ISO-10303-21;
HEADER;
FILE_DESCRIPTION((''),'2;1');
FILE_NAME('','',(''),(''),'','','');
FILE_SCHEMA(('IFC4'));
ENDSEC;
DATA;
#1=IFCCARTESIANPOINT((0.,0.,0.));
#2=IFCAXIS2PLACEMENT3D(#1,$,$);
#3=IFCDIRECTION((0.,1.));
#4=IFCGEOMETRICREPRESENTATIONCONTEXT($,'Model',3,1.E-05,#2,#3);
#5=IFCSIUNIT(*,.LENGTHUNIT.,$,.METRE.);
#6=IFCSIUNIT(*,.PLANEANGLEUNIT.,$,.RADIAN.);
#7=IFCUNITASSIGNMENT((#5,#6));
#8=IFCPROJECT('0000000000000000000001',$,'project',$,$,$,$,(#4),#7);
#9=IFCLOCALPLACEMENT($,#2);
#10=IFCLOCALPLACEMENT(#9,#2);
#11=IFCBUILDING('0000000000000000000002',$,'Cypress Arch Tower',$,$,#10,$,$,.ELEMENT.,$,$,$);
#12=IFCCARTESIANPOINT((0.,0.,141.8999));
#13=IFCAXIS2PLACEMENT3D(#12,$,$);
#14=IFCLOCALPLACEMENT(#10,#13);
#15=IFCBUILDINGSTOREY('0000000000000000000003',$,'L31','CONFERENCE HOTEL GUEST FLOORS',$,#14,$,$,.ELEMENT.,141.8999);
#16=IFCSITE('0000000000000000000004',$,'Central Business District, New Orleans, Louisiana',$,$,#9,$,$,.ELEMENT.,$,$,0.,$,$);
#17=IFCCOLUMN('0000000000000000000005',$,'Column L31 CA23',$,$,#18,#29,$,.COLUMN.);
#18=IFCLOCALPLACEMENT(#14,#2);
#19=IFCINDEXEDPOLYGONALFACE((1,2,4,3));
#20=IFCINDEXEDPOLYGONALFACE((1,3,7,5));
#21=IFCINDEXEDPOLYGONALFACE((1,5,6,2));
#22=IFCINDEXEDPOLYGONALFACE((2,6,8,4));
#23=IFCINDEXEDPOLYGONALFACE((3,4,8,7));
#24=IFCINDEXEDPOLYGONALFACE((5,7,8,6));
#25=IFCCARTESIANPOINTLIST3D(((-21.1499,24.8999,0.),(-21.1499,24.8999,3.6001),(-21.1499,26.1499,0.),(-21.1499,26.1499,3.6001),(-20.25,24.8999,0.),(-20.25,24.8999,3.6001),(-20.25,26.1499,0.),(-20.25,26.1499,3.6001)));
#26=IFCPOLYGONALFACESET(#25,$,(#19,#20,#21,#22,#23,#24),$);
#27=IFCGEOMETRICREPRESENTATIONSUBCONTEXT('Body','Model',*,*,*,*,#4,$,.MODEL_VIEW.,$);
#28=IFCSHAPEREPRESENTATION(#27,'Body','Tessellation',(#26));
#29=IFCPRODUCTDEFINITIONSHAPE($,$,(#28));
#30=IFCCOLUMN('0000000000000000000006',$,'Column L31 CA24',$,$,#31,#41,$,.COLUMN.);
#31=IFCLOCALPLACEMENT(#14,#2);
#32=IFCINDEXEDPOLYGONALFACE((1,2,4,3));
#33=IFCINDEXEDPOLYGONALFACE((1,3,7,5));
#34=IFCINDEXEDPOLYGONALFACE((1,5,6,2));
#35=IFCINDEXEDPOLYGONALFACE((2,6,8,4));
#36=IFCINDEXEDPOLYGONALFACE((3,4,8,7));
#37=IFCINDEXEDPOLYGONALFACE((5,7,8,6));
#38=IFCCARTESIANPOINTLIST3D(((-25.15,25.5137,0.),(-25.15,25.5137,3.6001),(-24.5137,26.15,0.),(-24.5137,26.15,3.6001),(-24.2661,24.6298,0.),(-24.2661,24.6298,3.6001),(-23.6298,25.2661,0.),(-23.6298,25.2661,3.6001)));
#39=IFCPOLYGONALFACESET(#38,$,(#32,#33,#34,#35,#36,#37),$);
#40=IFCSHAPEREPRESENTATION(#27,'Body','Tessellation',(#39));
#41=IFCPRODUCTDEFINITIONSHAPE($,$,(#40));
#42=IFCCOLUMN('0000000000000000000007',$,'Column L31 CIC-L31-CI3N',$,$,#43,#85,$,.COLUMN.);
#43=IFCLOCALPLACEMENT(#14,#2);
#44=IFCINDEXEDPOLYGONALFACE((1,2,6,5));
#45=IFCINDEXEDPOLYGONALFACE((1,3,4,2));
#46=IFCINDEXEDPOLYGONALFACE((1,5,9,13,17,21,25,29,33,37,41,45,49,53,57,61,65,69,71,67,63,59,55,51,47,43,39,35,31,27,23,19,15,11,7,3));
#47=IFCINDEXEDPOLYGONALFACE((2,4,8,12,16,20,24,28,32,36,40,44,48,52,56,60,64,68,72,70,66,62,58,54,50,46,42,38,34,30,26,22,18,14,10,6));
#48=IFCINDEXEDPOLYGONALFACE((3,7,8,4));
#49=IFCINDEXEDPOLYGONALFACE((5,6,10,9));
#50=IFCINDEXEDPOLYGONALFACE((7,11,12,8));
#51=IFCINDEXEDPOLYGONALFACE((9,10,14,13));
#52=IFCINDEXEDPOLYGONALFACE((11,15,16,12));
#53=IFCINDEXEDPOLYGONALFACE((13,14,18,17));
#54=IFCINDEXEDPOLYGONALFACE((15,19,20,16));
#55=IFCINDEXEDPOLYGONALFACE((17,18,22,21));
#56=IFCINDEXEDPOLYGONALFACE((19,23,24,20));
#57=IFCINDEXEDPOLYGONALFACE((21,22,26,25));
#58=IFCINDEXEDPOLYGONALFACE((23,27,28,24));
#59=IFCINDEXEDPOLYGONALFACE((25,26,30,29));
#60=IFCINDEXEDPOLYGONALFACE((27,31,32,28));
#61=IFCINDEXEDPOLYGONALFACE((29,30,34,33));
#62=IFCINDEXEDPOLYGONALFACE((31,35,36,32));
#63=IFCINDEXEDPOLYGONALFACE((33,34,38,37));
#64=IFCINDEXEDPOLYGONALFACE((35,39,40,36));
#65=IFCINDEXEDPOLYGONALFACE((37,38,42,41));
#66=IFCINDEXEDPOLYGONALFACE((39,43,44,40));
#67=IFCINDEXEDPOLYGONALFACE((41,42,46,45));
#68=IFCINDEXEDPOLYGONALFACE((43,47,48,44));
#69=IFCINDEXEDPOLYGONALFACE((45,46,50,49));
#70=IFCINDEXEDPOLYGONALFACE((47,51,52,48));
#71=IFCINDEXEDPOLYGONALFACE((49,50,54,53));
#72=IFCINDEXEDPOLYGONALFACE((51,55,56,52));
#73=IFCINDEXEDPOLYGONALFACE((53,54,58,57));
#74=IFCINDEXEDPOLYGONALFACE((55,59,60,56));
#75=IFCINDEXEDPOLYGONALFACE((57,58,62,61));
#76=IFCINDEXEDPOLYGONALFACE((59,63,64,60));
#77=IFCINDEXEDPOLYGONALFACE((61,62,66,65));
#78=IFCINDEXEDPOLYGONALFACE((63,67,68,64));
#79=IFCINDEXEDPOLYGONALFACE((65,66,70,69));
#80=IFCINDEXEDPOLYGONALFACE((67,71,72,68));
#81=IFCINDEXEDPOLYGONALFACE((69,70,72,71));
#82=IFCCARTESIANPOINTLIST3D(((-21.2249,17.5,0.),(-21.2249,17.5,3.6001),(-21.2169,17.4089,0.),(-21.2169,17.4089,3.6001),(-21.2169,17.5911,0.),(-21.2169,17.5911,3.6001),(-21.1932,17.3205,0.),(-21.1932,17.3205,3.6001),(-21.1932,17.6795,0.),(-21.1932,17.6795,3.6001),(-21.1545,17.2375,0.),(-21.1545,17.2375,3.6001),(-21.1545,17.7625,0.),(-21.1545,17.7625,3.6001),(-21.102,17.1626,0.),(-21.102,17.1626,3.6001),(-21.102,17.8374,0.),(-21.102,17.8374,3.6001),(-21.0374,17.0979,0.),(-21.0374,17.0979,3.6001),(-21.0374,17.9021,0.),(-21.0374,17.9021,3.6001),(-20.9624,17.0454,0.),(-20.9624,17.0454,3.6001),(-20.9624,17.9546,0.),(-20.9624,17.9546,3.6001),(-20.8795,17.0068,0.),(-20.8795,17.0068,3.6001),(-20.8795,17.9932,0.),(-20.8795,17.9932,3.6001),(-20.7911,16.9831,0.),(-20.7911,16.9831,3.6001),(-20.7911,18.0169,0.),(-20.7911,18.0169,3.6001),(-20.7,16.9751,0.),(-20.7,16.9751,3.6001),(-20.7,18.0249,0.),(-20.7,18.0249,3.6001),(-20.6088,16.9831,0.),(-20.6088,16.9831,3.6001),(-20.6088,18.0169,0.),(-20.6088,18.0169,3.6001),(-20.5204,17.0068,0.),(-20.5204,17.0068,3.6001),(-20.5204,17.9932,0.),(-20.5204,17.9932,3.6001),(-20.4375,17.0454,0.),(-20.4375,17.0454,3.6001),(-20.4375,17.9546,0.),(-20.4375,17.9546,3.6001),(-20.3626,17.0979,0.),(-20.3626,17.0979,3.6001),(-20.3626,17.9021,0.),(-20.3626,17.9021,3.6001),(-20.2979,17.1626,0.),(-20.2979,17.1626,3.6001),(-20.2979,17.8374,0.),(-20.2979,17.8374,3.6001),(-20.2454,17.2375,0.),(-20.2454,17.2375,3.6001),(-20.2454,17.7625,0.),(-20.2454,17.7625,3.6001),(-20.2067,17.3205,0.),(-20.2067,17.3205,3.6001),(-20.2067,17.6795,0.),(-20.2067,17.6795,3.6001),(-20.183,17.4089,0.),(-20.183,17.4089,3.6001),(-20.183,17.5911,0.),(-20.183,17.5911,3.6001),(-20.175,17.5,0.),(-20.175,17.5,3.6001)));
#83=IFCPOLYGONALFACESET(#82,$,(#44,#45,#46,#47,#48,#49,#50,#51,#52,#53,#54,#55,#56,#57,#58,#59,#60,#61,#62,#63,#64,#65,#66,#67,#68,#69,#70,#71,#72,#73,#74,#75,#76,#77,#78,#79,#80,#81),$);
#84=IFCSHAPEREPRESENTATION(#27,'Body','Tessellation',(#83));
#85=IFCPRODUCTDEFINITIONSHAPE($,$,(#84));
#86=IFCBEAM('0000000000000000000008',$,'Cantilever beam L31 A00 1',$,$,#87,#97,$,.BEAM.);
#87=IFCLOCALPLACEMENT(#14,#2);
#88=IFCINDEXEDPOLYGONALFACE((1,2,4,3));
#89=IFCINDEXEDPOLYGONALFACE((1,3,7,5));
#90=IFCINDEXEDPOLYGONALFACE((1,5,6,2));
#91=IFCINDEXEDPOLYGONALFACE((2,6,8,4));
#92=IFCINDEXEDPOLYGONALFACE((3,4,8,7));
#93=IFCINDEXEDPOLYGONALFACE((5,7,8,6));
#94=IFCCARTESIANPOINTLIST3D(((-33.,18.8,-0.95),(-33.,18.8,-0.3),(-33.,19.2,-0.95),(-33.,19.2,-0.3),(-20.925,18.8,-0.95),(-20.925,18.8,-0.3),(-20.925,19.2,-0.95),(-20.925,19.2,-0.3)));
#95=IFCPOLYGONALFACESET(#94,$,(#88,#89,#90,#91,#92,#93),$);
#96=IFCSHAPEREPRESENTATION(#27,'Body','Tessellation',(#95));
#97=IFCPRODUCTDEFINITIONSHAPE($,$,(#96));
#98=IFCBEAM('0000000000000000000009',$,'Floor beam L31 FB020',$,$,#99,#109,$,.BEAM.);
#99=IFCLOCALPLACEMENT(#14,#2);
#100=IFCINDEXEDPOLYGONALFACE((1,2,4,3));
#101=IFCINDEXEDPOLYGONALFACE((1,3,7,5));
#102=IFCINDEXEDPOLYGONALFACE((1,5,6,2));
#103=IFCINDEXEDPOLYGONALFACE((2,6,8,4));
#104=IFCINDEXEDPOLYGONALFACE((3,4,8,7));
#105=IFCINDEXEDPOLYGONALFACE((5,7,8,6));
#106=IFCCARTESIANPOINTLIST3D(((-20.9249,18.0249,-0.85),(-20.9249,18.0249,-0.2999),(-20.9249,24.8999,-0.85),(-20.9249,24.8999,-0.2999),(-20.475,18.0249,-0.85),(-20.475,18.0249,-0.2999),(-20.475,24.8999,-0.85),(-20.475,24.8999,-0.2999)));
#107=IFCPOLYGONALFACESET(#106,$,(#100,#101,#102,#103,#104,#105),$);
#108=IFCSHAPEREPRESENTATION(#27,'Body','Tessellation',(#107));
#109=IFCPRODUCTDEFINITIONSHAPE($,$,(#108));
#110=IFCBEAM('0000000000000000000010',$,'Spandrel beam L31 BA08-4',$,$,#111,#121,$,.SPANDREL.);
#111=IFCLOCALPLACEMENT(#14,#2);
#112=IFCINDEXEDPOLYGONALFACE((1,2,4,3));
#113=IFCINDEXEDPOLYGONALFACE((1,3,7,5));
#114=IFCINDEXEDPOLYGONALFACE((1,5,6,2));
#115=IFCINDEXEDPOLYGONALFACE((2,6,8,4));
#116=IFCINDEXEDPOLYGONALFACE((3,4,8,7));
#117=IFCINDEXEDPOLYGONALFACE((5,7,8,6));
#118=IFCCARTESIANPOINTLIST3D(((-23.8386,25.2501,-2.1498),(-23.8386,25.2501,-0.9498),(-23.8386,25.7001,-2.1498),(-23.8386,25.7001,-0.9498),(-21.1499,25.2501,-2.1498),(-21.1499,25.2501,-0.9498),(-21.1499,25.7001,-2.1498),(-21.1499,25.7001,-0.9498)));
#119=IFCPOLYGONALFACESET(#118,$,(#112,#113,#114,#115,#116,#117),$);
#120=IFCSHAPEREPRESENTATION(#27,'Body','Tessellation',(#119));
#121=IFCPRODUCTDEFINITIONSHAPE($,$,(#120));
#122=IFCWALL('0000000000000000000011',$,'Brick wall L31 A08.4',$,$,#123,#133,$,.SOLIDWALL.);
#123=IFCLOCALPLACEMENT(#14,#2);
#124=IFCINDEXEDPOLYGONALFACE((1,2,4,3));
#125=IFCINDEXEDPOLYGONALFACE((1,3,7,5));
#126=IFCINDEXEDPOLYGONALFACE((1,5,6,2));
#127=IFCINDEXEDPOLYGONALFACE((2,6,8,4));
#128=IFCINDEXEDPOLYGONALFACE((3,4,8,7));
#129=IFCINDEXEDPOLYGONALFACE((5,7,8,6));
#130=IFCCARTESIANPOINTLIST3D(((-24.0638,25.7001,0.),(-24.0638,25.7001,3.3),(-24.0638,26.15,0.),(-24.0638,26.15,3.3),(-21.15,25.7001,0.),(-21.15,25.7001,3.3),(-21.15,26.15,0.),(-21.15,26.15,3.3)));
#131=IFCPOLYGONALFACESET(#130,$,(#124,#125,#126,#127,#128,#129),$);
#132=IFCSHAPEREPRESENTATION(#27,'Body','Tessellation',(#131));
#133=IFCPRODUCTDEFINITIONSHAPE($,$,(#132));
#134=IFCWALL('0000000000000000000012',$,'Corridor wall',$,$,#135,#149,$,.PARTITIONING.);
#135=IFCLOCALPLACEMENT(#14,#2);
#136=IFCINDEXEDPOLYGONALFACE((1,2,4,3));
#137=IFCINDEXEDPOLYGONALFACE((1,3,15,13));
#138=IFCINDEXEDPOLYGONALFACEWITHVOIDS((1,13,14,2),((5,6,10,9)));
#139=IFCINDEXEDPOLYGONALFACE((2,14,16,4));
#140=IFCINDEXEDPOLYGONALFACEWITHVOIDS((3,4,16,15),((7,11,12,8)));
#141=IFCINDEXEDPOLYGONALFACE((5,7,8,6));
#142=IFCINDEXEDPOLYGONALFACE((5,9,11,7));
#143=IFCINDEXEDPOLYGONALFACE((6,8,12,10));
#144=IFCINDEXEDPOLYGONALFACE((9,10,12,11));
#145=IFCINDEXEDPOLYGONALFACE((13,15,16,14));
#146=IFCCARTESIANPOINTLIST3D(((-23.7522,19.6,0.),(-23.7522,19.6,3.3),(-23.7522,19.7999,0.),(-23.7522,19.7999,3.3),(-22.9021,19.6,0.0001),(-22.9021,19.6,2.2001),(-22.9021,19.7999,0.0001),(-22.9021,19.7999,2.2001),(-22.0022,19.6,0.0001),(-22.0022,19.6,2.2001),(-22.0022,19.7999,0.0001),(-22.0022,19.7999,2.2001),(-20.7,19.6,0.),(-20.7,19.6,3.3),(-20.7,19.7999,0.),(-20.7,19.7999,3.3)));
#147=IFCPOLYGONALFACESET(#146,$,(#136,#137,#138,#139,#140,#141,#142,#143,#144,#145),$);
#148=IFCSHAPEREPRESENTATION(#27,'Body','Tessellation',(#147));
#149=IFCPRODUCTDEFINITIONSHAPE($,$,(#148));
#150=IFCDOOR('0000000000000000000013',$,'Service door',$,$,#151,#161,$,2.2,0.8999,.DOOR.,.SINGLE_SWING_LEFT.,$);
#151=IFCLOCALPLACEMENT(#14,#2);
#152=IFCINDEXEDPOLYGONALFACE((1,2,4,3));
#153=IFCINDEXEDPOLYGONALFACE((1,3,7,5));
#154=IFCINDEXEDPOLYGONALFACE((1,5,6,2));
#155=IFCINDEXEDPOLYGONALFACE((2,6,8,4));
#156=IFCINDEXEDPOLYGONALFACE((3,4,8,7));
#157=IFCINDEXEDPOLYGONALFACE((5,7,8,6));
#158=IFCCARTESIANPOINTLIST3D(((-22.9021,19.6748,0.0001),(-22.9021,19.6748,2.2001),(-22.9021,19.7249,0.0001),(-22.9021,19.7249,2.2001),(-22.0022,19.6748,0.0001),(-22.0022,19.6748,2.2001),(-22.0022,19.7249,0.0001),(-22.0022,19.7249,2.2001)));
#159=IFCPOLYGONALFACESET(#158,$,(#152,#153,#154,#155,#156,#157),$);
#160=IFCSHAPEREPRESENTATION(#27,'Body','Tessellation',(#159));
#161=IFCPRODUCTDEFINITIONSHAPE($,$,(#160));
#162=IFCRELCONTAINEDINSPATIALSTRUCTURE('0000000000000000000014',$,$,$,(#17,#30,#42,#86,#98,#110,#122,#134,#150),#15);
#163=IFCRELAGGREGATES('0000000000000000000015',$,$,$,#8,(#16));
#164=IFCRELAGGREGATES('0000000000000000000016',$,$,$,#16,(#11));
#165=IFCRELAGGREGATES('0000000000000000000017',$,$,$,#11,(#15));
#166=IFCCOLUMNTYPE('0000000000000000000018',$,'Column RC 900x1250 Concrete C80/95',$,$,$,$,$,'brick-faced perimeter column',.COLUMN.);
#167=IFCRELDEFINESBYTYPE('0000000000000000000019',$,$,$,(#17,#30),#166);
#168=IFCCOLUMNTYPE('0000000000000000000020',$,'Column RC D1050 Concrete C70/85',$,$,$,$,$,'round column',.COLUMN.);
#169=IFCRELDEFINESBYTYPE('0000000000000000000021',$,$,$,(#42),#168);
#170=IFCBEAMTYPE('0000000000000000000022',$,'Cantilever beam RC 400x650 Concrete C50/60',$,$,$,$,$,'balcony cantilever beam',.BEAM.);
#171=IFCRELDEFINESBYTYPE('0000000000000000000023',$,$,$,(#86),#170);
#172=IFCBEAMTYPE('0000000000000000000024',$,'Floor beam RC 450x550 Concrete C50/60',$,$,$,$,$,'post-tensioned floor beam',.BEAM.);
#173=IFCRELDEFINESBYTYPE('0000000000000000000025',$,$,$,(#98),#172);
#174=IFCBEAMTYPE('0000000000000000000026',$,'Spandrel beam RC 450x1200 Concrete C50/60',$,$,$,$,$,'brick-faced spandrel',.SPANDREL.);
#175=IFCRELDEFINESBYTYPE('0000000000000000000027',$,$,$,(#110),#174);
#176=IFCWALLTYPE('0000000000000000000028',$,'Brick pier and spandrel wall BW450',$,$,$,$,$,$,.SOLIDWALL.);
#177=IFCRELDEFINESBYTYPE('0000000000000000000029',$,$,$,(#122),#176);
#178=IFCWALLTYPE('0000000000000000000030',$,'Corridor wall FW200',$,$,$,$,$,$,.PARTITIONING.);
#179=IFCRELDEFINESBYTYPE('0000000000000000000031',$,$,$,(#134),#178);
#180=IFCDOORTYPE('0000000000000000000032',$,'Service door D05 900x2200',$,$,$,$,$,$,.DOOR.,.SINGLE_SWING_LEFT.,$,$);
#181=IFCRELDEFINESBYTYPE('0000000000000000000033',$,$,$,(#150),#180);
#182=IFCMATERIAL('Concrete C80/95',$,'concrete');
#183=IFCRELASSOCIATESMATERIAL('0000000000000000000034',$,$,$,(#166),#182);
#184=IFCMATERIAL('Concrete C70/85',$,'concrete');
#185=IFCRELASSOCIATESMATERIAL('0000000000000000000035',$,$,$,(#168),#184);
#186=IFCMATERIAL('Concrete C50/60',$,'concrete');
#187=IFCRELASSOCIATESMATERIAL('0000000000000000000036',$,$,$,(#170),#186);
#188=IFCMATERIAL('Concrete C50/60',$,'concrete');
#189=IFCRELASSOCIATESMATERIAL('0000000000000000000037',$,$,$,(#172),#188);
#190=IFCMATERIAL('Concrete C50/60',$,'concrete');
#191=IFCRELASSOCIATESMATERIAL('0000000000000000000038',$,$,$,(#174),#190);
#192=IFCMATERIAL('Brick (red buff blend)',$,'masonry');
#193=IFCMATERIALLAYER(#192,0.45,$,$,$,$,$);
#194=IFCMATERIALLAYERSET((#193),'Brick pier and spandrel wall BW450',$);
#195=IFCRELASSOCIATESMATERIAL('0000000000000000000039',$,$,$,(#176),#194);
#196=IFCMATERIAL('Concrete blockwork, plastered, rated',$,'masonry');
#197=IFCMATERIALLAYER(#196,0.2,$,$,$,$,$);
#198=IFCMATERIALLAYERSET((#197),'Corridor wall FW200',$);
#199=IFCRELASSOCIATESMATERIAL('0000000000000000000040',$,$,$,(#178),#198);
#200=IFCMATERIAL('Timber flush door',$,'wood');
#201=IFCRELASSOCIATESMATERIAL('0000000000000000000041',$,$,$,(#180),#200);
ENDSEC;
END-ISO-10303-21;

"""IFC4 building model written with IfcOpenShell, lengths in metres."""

from ifc_helpers import new_model, si_unit, direction, frame, frame_2d, origin, origin_2d, place, context, subcontext, project, spatial, rectangle, circle, extrude, material, layer, layer_set, material_profile, profile_set, type_object, element, fill, save


model = new_model("IFC4")

# Units and contexts
model_context = context("Model", 3, precision=1e-05, world=origin(), true_north=direction((0.0, 1.0)))
body_context = subcontext(model_context, "Body", "Model", "MODEL_VIEW")
ifc_project = project(units=[si_unit("LENGTHUNIT", "METRE"), si_unit("PLANEANGLEUNIT", "RADIAN")], contexts=[model_context])

# Site, building, storey
site_placement = place(None, origin())
site = spatial("IfcSite", under=ifc_project, at=site_placement, Name="Central Business District, New Orleans, Louisiana", CompositionType="ELEMENT", RefElevation=0.0)
building_placement = place(site_placement, origin())
building = spatial("IfcBuilding", under=site, at=building_placement, Name="Cypress Arch Tower", CompositionType="ELEMENT")
storey_placement = place(building_placement, frame((0.0, 0.0, 141.8999)))
storey = spatial("IfcBuildingStorey", under=building, at=storey_placement, Name="L31", Description="CONFERENCE HOTEL GUEST FLOORS", CompositionType="ELEMENT", Elevation=141.8999)

# Columns
ifc_material_1 = material(Name="Concrete C80/95", Category="concrete")
ifc_material_profile_1 = material_profile(ifc_material_1, rectangle(XDim=0.8999, YDim=1.25, at=origin_2d()), Name="RC 900x1250")
ifc_profile_set_1 = profile_set([ifc_material_profile_1], Name="Concrete C80/95")
column_type_1 = type_object("IfcColumnType", Name="Column RC 900x1250 Concrete C80/95", ElementType="brick-faced perimeter column", PredefinedType="COLUMN", material=ifc_profile_set_1)
for number, where, z_axis, x_axis, name in (
    (1, (-20.7, 25.5249, 0.0), (0.0, 0.0, 1.0), (-1.0, 0.0, 0.0), "Column L31 CA23"),
    (2, (-24.3899, 25.3899, 0.0), (0.0, 0.0, 1.0), (-0.707107, -0.707107, 0.0), "Column L31 CA24"),
):
    element("IfcColumn", number, at=place(storey_placement, frame(where, z_axis=z_axis, x_axis=x_axis)), inside=storey, type_object=column_type_1, Name=name, PredefinedType="COLUMN", context=body_context, shape_type="SweptSolid", body=[
        extrude(rectangle(XDim=0.8999, YDim=1.25, at=origin_2d()), origin(), (0.0, 0.0, 1.0), 3.6001),
    ])
ifc_material_2 = material(Name="Concrete C70/85", Category="concrete")
ifc_material_profile_2 = material_profile(ifc_material_2, circle(Radius=0.5249, at=origin_2d()), Name="RC D1050")
ifc_profile_set_2 = profile_set([ifc_material_profile_2], Name="Concrete C70/85")
column_type_2 = type_object("IfcColumnType", Name="Column RC D1050 Concrete C70/85", ElementType="round column", PredefinedType="COLUMN", material=ifc_profile_set_2)
column_placement = place(storey_placement, frame((-20.7, 17.5, 0.0), z_axis=(0.0, 0.0, 1.0), x_axis=(1.0, 0.0, 0.0)))
element("IfcColumn", 3, at=column_placement, inside=storey, type_object=column_type_2, Name="Column L31 CIC-L31-CI3N", PredefinedType="COLUMN", context=body_context, shape_type="SweptSolid", body=[
    extrude(circle(Radius=0.5249, at=origin_2d()), origin(), (0.0, 0.0, 1.0), 3.6001),
])

# Beams
ifc_material_3 = material(Name="Concrete C50/60", Category="concrete")
ifc_material_profile_3 = material_profile(ifc_material_3, rectangle(XDim=0.3999, YDim=0.6499, at=origin_2d()), Name="RC 400x650")
ifc_profile_set_3 = profile_set([ifc_material_profile_3], Name="Concrete C50/60")
beam_type_1 = type_object("IfcBeamType", Name="Cantilever beam RC 400x650 Concrete C50/60", ElementType="balcony cantilever beam", PredefinedType="BEAM", material=ifc_profile_set_3)
beam_1_placement = place(storey_placement, frame((-20.925, 19.0, -0.625), z_axis=(-1.0, 0.0, 0.0), x_axis=(0.0, -1.0, 0.0)))
element("IfcBeam", 4, at=beam_1_placement, inside=storey, type_object=beam_type_1, Name="Cantilever beam L31 A00 1", PredefinedType="BEAM", context=body_context, shape_type="SweptSolid", body=[
    extrude(rectangle(XDim=0.3999, YDim=0.6499, at=origin_2d()), origin(), (0.0, 0.0, 1.0), 12.075),
])
ifc_material_4 = material(Name="Concrete C50/60", Category="concrete")
ifc_material_profile_4 = material_profile(ifc_material_4, rectangle(XDim=0.45, YDim=0.55, at=origin_2d()), Name="RC 450x550")
ifc_profile_set_4 = profile_set([ifc_material_profile_4], Name="Concrete C50/60")
beam_type_2 = type_object("IfcBeamType", Name="Floor beam RC 450x550 Concrete C50/60", ElementType="post-tensioned floor beam", PredefinedType="BEAM", material=ifc_profile_set_4)
beam_2_placement = place(storey_placement, frame((-20.7, 18.0249, -0.575), z_axis=(0.0, 1.0, 0.0), x_axis=(-1.0, 0.0, 0.0)))
element("IfcBeam", 5, at=beam_2_placement, inside=storey, type_object=beam_type_2, Name="Floor beam L31 FB020", PredefinedType="BEAM", context=body_context, shape_type="SweptSolid", body=[
    extrude(rectangle(XDim=0.45, YDim=0.55, at=origin_2d()), origin(), (0.0, 0.0, 1.0), 6.875),
])
ifc_material_5 = material(Name="Concrete C50/60", Category="concrete")
ifc_material_profile_5 = material_profile(ifc_material_5, rectangle(XDim=0.45, YDim=1.2, at=origin_2d()), Name="RC 450x1200")
ifc_profile_set_5 = profile_set([ifc_material_profile_5], Name="Concrete C50/60")
beam_type_3 = type_object("IfcBeamType", Name="Spandrel beam RC 450x1200 Concrete C50/60", ElementType="brick-faced spandrel", PredefinedType="SPANDREL", material=ifc_profile_set_5)
beam_3_placement = place(storey_placement, frame((-21.1499, 25.4751, -1.5498), z_axis=(-1.0, 0.0, 0.0), x_axis=(0.0, -1.0, 0.0)))
element("IfcBeam", 6, at=beam_3_placement, inside=storey, type_object=beam_type_3, Name="Spandrel beam L31 BA08-4", PredefinedType="SPANDREL", context=body_context, shape_type="SweptSolid", body=[
    extrude(rectangle(XDim=0.45, YDim=1.2, at=origin_2d()), origin(), (0.0, 0.0, 1.0), 2.6887),
])

# Wall
ifc_material_6 = material(Name="Brick (red buff blend)", Category="masonry")
ifc_layer_1 = layer(ifc_material_6, 0.45)
ifc_layer_set_1 = layer_set([ifc_layer_1], Name="Brick pier and spandrel wall BW450")
wall_type_1 = type_object("IfcWallType", Name="Brick pier and spandrel wall BW450", PredefinedType="SOLIDWALL", material=ifc_layer_set_1)
wall_1_placement = place(storey_placement, frame((-21.1499, 25.925, 0.0), z_axis=(0.0, 0.0, 1.0), x_axis=(-1.0, 0.0, 0.0)))
element("IfcWall", 7, at=wall_1_placement, inside=storey, type_object=wall_type_1, Name="Brick wall L31 A08.4", PredefinedType="SOLIDWALL", context=body_context, shape_type="SweptSolid", body=[
    extrude(rectangle(XDim=2.9138, YDim=0.45, at=frame_2d((1.457, 0.0))), origin(), (0.0, 0.0, 1.0), 3.3),
])

# Wall, opening, door
ifc_material_7 = material(Name="Concrete blockwork, plastered, rated", Category="masonry")
ifc_layer_2 = layer(ifc_material_7, 0.2)
ifc_layer_set_2 = layer_set([ifc_layer_2], Name="Corridor wall FW200")
wall_type_2 = type_object("IfcWallType", Name="Corridor wall FW200", PredefinedType="PARTITIONING", material=ifc_layer_set_2)
wall_2_placement = place(storey_placement, frame((-23.7522, 19.7, 0.0), z_axis=(0.0, 0.0, 1.0), x_axis=(1.0, 0.0, 0.0)))
wall_2 = element("IfcWall", 8, at=wall_2_placement, inside=storey, type_object=wall_type_2, Name="Corridor wall", PredefinedType="PARTITIONING", context=body_context, shape_type="SweptSolid", body=[
    extrude(rectangle(XDim=3.0522, YDim=0.2, at=frame_2d((1.5261, 0.0))), origin(), (0.0, 0.0, 1.0), 3.3),
])
opening_1_placement = place(wall_2_placement, frame((0.8501, 0.0, 0.0)))
opening_1 = element("IfcOpeningElement", 9, at=opening_1_placement, cuts=wall_2, PredefinedType="OPENING", context=body_context, shape_type="SweptSolid", body=[
    extrude(rectangle(XDim=0.8999, YDim=2.2, at=frame_2d((0.45, 1.1001))), frame((0.0, 0.1099, 0.0), z_axis=(0.0, -1.0, 0.0), x_axis=(1.0, 0.0, 0.0)), (0.0, 0.0, 1.0), 0.22),
])
ifc_material_8 = material(Name="Timber flush door", Category="wood")
door_type_1 = type_object("IfcDoorType", Name="Service door D05 900x2200", OperationType="SINGLE_SWING_LEFT", PredefinedType="DOOR", material=ifc_material_8)
door_1_placement = place(opening_1_placement, origin())
door_1 = element("IfcDoor", 10, at=door_1_placement, inside=storey, type_object=door_type_1, Name="Service door", OperationType="SINGLE_SWING_LEFT", OverallHeight=2.2, OverallWidth=0.8999, PredefinedType="DOOR", context=body_context, shape_type="SweptSolid", body=[
    extrude(rectangle(XDim=0.8999, YDim=2.2, at=frame_2d((0.45, 1.1001))), frame((0.0, 0.0249, 0.0), z_axis=(0.0, -1.0, 0.0), x_axis=(1.0, 0.0, 0.0)), (0.0, 0.0, 1.0), 0.05),
])
fill(opening_1, door_1)

save(model, "model.ifc")
